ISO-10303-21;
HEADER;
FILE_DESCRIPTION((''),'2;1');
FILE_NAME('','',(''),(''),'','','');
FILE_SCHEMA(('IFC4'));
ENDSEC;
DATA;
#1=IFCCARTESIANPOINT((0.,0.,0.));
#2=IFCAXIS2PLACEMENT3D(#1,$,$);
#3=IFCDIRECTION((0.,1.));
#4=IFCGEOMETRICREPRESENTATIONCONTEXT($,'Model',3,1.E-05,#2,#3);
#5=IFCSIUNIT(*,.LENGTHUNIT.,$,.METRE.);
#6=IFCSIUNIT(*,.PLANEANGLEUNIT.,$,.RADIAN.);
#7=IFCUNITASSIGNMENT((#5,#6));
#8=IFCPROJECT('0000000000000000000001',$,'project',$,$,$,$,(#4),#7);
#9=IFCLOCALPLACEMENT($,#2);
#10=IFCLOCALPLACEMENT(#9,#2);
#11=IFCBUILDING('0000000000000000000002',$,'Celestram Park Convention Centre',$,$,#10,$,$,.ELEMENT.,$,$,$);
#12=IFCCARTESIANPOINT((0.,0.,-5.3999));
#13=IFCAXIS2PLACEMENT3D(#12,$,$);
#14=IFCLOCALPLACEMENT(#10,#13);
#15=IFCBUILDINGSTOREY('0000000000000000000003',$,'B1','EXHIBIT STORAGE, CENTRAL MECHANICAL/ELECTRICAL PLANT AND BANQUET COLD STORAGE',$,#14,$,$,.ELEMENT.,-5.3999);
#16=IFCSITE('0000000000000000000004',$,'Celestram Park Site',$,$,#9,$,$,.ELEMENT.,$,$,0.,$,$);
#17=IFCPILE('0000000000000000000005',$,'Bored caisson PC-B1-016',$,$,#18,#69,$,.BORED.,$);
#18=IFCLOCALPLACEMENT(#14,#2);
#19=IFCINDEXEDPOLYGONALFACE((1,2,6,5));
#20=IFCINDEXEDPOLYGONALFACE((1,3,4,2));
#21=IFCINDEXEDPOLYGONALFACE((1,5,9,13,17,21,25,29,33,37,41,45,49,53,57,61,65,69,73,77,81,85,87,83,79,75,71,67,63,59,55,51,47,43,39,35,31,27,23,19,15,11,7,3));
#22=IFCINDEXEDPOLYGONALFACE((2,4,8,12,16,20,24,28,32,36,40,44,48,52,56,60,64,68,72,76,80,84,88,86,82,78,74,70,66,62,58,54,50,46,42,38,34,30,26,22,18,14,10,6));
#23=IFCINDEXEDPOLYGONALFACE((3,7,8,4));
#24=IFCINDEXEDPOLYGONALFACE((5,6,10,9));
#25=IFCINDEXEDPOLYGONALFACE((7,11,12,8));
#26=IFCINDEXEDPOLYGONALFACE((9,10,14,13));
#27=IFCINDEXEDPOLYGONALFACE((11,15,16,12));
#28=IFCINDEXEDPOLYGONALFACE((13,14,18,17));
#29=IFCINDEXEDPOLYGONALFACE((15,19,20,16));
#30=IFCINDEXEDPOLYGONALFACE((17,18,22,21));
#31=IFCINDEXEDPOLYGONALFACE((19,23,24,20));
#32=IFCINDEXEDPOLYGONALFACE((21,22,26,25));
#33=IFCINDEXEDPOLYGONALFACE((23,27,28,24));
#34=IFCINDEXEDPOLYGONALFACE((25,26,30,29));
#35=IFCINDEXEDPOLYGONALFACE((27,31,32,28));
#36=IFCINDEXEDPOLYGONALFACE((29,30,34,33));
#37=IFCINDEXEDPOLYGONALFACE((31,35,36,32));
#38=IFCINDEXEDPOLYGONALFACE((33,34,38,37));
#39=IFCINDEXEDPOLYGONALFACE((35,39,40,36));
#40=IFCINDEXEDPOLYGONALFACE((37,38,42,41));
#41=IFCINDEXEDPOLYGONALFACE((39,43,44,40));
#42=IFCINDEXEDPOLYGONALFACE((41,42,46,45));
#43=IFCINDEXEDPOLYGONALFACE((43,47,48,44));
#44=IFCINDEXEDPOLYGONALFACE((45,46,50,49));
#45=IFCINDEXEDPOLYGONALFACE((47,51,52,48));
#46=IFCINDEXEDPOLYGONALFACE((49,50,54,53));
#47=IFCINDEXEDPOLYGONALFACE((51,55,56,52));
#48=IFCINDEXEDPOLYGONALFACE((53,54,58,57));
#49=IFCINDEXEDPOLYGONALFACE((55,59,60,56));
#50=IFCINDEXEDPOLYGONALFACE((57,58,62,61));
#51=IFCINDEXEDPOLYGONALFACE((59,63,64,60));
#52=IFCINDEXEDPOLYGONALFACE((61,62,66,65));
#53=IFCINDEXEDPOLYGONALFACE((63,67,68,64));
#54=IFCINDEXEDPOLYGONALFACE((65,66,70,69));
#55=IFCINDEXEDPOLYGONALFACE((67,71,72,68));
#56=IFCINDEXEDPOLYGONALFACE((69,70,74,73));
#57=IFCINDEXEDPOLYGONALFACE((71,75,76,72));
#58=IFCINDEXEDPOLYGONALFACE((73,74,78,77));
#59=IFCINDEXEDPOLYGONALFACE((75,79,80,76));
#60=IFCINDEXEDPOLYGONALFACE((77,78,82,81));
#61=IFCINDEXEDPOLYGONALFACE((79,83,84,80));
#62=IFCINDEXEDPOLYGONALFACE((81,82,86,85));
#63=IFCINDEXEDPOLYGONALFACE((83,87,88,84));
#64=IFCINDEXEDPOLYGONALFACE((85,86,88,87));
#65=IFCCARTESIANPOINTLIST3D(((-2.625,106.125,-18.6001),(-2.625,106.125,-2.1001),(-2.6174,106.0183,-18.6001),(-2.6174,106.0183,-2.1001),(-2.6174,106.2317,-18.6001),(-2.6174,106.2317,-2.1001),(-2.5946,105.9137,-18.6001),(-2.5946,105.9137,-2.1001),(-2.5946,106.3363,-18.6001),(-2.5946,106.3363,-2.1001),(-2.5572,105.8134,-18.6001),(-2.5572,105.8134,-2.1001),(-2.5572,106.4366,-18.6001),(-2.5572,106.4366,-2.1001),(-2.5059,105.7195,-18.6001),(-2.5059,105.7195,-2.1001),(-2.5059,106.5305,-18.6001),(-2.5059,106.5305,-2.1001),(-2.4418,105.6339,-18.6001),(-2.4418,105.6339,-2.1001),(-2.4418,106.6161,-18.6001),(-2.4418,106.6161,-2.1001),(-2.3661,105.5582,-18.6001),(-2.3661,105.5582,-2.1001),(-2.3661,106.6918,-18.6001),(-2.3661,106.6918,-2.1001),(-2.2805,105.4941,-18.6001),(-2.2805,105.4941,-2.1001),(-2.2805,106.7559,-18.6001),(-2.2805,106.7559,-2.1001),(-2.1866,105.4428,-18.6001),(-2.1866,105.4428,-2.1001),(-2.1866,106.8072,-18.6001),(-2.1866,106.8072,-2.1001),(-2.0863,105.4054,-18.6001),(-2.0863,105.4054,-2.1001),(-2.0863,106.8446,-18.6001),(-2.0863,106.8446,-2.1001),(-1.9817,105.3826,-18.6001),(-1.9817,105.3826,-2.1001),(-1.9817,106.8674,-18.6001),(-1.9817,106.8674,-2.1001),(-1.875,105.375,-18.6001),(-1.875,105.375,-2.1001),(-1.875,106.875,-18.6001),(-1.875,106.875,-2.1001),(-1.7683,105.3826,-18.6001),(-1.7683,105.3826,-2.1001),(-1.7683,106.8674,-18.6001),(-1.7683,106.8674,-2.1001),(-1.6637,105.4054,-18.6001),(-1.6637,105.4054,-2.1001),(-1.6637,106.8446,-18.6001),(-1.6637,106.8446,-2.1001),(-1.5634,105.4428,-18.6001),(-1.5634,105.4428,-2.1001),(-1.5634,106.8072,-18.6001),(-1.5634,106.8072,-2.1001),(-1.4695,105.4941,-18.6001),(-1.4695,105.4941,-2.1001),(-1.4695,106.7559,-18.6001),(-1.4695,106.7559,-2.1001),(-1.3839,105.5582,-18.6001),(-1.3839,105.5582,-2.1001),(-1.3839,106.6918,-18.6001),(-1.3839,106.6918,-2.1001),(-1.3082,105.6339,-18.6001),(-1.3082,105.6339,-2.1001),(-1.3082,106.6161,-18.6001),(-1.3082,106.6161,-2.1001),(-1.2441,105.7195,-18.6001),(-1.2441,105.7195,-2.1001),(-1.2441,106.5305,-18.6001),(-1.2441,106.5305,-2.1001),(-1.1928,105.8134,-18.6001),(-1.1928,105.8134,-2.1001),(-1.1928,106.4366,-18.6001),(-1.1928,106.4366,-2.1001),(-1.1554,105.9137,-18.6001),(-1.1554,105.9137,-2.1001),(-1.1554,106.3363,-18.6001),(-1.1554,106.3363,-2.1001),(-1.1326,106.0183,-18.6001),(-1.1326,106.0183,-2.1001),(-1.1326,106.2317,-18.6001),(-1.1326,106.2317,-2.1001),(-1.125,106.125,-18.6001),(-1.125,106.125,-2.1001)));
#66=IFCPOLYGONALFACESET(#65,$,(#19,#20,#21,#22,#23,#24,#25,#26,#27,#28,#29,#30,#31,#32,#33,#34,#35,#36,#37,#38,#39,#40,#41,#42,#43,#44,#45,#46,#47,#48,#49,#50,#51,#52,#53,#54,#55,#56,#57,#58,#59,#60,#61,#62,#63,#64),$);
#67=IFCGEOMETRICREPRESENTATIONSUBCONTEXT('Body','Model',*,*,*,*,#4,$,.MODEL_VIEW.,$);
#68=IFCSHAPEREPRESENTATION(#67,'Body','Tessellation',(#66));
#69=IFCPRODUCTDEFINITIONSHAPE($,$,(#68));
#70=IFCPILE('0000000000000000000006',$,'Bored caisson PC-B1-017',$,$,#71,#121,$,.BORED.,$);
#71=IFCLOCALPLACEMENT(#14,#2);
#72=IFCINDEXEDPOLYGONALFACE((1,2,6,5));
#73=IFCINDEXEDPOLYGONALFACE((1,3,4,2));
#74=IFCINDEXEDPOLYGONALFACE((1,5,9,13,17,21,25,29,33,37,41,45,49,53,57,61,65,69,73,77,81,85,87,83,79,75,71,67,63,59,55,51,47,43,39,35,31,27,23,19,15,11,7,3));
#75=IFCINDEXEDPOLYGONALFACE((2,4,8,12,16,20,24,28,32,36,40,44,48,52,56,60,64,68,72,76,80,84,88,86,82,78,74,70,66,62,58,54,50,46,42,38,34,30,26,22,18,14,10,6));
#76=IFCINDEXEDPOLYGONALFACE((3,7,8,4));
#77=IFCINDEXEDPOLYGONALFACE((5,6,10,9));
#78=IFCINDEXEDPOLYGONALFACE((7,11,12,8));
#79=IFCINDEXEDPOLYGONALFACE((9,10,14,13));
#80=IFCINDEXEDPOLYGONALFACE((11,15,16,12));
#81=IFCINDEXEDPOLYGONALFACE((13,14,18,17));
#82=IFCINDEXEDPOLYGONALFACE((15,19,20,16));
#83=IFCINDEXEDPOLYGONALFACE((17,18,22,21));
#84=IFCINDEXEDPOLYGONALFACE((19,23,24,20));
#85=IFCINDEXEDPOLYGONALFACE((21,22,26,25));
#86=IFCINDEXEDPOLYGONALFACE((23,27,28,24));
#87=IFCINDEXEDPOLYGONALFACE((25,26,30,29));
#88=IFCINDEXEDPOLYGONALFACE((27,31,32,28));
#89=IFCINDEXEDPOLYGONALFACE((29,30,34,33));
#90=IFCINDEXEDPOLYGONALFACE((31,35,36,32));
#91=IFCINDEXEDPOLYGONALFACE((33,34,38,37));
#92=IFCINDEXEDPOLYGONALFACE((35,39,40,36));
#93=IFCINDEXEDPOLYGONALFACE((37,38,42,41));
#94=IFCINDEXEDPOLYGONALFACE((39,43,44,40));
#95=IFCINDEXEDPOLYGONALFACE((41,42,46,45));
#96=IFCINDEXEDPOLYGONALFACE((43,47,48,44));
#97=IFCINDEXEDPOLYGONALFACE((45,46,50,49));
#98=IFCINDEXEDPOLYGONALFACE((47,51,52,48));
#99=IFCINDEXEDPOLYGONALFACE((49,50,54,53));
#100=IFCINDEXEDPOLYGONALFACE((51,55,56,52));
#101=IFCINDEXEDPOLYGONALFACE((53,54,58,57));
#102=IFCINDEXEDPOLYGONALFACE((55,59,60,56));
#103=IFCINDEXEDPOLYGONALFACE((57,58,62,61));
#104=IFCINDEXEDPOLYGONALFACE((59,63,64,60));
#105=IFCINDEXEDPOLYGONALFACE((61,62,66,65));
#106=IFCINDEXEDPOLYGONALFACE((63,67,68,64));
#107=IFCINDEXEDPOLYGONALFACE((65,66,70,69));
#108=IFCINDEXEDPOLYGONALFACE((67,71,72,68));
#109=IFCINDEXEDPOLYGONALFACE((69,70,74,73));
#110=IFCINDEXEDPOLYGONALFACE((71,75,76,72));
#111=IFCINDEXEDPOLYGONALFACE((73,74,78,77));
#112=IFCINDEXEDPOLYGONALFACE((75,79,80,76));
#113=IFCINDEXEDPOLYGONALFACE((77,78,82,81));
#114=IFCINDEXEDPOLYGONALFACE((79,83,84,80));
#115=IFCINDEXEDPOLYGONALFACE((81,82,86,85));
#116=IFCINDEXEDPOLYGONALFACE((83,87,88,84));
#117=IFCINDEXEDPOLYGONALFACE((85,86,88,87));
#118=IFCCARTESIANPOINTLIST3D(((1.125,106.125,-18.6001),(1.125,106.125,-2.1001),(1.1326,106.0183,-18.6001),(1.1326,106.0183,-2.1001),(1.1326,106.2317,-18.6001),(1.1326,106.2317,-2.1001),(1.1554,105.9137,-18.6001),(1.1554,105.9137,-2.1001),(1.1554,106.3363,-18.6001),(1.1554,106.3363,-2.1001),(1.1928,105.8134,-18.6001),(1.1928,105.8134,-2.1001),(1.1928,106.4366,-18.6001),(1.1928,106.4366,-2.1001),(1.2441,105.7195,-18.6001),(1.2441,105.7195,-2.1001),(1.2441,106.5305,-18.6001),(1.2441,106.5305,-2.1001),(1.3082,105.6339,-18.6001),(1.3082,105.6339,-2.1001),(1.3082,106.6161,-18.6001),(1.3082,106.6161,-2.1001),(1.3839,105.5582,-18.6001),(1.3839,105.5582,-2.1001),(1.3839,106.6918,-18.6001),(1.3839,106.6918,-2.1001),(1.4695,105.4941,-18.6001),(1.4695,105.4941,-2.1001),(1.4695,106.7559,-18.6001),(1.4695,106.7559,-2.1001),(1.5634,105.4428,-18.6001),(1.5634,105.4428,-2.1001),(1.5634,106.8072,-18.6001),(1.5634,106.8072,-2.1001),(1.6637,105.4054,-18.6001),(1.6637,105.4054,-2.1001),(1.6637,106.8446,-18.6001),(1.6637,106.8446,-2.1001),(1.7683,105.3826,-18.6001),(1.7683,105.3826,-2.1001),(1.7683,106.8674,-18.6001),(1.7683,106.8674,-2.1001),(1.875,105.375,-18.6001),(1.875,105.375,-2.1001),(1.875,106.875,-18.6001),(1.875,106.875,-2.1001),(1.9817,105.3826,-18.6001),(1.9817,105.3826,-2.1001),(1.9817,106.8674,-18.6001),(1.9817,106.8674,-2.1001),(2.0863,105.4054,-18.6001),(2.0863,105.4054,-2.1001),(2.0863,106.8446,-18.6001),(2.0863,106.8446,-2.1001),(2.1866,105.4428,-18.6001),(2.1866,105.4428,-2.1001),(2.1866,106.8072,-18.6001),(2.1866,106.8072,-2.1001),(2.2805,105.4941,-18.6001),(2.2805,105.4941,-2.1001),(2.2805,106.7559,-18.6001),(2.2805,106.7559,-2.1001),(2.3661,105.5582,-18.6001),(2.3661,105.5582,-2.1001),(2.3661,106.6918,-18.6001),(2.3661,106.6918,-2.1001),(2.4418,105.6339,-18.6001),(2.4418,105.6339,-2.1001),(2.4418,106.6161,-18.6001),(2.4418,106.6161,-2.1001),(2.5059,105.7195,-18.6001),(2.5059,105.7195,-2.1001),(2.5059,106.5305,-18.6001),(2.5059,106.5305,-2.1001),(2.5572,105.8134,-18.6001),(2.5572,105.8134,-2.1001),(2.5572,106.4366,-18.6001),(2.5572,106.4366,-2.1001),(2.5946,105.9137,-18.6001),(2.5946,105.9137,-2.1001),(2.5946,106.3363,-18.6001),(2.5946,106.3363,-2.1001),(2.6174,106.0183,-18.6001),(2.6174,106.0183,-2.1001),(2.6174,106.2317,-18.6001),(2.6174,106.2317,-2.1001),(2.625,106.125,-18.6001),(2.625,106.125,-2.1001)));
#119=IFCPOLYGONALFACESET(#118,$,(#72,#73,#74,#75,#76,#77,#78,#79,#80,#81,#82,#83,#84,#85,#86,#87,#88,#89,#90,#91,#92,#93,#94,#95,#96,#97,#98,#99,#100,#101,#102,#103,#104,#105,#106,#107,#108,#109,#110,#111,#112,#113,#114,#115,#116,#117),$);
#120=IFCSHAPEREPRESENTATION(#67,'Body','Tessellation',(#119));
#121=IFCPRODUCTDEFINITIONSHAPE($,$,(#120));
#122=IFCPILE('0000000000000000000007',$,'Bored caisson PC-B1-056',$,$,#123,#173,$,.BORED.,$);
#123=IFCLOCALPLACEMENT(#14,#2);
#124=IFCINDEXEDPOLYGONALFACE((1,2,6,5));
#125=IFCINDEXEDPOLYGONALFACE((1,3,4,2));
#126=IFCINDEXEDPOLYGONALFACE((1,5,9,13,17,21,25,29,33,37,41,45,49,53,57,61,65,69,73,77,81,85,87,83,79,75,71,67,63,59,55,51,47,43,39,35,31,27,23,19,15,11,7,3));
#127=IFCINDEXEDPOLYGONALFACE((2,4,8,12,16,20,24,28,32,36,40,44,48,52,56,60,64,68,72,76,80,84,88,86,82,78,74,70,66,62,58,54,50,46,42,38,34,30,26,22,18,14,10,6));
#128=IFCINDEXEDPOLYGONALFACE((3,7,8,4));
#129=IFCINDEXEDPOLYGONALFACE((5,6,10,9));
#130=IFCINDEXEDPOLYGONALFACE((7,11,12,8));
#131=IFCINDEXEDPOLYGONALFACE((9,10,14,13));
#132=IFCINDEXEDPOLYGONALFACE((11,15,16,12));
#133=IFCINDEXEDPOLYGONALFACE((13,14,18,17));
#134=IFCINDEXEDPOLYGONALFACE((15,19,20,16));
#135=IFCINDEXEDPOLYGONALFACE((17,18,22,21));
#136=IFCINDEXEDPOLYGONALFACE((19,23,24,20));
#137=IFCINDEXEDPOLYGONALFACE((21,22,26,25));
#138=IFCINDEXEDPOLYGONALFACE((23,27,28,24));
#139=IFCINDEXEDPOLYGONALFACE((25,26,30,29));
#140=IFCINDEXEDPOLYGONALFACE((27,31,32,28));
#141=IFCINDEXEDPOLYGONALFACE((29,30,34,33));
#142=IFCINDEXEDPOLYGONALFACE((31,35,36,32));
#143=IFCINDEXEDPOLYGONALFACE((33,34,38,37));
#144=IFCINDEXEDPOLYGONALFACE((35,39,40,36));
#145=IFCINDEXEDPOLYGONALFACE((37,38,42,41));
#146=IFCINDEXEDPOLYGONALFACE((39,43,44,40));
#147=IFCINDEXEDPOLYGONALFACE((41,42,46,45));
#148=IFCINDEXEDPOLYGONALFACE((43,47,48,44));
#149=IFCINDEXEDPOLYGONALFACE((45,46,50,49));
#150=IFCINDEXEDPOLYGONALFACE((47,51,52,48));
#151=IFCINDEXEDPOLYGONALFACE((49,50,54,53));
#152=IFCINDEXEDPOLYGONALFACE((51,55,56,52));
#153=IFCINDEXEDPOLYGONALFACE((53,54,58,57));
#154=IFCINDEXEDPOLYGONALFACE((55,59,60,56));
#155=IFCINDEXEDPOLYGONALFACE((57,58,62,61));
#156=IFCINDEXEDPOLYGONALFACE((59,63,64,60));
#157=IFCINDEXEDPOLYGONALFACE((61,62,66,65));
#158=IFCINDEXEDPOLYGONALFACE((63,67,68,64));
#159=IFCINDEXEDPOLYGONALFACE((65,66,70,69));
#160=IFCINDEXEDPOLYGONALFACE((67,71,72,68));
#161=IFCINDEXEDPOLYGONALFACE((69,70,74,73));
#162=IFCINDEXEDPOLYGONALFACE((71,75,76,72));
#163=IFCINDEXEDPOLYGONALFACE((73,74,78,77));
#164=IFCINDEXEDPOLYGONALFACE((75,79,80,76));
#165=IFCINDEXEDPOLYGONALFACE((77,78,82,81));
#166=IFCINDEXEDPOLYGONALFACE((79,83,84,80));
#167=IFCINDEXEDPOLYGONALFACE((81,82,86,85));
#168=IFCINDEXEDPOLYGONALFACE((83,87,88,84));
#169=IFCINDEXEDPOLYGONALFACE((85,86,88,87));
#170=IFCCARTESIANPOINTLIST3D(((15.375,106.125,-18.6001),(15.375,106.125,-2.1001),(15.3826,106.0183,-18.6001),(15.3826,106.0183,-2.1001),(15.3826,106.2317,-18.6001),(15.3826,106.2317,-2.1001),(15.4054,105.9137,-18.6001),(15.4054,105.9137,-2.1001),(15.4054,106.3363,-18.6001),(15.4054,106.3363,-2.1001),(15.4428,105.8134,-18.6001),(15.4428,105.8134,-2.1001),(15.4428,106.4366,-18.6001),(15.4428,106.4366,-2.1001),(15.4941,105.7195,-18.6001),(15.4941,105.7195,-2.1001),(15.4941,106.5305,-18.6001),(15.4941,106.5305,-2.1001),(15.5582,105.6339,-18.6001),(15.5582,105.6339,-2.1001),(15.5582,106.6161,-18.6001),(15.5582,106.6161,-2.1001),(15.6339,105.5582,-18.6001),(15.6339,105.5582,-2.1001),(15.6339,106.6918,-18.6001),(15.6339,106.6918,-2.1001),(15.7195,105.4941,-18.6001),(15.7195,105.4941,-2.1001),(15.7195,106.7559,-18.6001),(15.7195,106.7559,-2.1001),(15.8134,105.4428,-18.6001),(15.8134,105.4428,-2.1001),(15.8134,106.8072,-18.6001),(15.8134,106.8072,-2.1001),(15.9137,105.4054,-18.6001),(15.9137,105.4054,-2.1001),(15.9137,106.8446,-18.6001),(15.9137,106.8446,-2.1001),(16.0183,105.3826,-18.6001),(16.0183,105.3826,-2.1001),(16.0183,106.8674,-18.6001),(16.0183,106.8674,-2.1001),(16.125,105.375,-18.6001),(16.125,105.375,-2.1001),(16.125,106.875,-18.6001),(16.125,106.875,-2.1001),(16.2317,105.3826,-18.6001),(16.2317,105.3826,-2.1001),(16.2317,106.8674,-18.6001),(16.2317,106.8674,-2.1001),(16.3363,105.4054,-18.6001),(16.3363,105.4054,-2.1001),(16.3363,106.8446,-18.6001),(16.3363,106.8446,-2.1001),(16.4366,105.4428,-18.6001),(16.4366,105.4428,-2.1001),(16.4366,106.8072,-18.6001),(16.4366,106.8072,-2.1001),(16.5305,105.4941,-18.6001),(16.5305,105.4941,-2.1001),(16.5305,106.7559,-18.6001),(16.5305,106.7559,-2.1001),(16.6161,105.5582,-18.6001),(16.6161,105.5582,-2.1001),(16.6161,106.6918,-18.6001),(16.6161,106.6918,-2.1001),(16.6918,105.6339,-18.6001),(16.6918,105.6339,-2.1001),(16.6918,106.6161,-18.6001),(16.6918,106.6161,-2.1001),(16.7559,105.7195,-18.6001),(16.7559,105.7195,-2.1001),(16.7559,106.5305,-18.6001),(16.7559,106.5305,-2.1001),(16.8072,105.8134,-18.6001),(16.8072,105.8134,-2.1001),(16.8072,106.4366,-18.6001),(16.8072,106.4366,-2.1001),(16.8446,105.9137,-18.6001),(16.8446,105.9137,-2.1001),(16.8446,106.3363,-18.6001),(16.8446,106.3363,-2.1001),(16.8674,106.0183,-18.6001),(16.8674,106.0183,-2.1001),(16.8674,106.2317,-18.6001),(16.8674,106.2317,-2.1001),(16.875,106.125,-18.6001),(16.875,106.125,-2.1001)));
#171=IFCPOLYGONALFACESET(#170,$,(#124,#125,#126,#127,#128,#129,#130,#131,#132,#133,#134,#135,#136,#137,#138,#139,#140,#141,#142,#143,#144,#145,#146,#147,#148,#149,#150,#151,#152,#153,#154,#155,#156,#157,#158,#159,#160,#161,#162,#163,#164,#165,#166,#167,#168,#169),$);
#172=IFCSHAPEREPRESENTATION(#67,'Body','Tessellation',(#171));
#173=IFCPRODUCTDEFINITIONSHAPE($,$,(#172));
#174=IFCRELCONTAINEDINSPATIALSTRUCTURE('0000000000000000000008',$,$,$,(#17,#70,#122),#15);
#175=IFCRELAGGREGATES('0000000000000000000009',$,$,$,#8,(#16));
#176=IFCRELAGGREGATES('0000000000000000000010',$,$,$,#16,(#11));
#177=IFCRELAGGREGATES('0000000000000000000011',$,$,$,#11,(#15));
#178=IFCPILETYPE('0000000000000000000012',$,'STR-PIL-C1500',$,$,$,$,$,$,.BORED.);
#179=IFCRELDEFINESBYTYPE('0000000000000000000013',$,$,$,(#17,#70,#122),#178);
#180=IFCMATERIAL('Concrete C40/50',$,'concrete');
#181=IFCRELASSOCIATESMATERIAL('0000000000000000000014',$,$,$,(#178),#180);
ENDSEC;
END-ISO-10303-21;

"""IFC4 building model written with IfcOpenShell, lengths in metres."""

from ifc_helpers import new_model, si_unit, direction, frame, origin, origin_2d, place, context, subcontext, project, spatial, circle, extrude, material, material_profile, profile_set, type_object, element, save


model = new_model("IFC4")

# Units and contexts
model_context = context("Model", 3, precision=1e-05, world=origin(), true_north=direction((0.0, 1.0)))
body_context = subcontext(model_context, "Body", "Model", "MODEL_VIEW")
ifc_project = project(units=[si_unit("LENGTHUNIT", "METRE"), si_unit("PLANEANGLEUNIT", "RADIAN")], contexts=[model_context])

# Site, building, storey
site_placement = place(None, origin())
site = spatial("IfcSite", under=ifc_project, at=site_placement, Name="Celestram Park Site", CompositionType="ELEMENT", RefElevation=0.0)
building_placement = place(site_placement, origin())
building = spatial("IfcBuilding", under=site, at=building_placement, Name="Celestram Park Convention Centre", CompositionType="ELEMENT")
storey_placement = place(building_placement, frame((0.0, 0.0, -5.3999)))
storey = spatial("IfcBuildingStorey", under=building, at=storey_placement, Name="B1", Description="EXHIBIT STORAGE, CENTRAL MECHANICAL/ELECTRICAL PLANT AND BANQUET COLD STORAGE", CompositionType="ELEMENT", Elevation=-5.3999)

# Shared definitions
ifc_material_1 = material(Name="Concrete C40/50", Category="concrete")

# Piles
ifc_material_profile_1 = material_profile(ifc_material_1, circle(Radius=0.75, at=origin_2d()), Name="CAISSON1500")
ifc_profile_set_1 = profile_set([ifc_material_profile_1], Name="Concrete C40/50")
pile_type_1 = type_object("IfcPileType", Name="STR-PIL-C1500", PredefinedType="BORED", material=ifc_profile_set_1)
for number, where, z_axis, x_axis, name in (
    (1, (-1.875, 106.125, -2.1001), (0.0, 0.0, -1.0), (1.0, 0.0, 0.0), "Bored caisson PC-B1-016"),
    (2, (1.875, 106.125, -2.1001), (0.0, 0.0, -1.0), (1.0, 0.0, 0.0), "Bored caisson PC-B1-017"),
    (3, (16.125, 106.125, -2.1001), (0.0, 0.0, -1.0), (1.0, 0.0, 0.0), "Bored caisson PC-B1-056"),
):
    element("IfcPile", number, at=place(storey_placement, frame(where, z_axis=z_axis, x_axis=x_axis)), inside=storey, type_object=pile_type_1, Name=name, PredefinedType="BORED", context=body_context, shape_type="SweptSolid", body=[
        extrude(circle(Radius=0.75, at=origin_2d()), origin(), (0.0, 0.0, 1.0), 16.5),
    ])

save(model, "model.ifc")
